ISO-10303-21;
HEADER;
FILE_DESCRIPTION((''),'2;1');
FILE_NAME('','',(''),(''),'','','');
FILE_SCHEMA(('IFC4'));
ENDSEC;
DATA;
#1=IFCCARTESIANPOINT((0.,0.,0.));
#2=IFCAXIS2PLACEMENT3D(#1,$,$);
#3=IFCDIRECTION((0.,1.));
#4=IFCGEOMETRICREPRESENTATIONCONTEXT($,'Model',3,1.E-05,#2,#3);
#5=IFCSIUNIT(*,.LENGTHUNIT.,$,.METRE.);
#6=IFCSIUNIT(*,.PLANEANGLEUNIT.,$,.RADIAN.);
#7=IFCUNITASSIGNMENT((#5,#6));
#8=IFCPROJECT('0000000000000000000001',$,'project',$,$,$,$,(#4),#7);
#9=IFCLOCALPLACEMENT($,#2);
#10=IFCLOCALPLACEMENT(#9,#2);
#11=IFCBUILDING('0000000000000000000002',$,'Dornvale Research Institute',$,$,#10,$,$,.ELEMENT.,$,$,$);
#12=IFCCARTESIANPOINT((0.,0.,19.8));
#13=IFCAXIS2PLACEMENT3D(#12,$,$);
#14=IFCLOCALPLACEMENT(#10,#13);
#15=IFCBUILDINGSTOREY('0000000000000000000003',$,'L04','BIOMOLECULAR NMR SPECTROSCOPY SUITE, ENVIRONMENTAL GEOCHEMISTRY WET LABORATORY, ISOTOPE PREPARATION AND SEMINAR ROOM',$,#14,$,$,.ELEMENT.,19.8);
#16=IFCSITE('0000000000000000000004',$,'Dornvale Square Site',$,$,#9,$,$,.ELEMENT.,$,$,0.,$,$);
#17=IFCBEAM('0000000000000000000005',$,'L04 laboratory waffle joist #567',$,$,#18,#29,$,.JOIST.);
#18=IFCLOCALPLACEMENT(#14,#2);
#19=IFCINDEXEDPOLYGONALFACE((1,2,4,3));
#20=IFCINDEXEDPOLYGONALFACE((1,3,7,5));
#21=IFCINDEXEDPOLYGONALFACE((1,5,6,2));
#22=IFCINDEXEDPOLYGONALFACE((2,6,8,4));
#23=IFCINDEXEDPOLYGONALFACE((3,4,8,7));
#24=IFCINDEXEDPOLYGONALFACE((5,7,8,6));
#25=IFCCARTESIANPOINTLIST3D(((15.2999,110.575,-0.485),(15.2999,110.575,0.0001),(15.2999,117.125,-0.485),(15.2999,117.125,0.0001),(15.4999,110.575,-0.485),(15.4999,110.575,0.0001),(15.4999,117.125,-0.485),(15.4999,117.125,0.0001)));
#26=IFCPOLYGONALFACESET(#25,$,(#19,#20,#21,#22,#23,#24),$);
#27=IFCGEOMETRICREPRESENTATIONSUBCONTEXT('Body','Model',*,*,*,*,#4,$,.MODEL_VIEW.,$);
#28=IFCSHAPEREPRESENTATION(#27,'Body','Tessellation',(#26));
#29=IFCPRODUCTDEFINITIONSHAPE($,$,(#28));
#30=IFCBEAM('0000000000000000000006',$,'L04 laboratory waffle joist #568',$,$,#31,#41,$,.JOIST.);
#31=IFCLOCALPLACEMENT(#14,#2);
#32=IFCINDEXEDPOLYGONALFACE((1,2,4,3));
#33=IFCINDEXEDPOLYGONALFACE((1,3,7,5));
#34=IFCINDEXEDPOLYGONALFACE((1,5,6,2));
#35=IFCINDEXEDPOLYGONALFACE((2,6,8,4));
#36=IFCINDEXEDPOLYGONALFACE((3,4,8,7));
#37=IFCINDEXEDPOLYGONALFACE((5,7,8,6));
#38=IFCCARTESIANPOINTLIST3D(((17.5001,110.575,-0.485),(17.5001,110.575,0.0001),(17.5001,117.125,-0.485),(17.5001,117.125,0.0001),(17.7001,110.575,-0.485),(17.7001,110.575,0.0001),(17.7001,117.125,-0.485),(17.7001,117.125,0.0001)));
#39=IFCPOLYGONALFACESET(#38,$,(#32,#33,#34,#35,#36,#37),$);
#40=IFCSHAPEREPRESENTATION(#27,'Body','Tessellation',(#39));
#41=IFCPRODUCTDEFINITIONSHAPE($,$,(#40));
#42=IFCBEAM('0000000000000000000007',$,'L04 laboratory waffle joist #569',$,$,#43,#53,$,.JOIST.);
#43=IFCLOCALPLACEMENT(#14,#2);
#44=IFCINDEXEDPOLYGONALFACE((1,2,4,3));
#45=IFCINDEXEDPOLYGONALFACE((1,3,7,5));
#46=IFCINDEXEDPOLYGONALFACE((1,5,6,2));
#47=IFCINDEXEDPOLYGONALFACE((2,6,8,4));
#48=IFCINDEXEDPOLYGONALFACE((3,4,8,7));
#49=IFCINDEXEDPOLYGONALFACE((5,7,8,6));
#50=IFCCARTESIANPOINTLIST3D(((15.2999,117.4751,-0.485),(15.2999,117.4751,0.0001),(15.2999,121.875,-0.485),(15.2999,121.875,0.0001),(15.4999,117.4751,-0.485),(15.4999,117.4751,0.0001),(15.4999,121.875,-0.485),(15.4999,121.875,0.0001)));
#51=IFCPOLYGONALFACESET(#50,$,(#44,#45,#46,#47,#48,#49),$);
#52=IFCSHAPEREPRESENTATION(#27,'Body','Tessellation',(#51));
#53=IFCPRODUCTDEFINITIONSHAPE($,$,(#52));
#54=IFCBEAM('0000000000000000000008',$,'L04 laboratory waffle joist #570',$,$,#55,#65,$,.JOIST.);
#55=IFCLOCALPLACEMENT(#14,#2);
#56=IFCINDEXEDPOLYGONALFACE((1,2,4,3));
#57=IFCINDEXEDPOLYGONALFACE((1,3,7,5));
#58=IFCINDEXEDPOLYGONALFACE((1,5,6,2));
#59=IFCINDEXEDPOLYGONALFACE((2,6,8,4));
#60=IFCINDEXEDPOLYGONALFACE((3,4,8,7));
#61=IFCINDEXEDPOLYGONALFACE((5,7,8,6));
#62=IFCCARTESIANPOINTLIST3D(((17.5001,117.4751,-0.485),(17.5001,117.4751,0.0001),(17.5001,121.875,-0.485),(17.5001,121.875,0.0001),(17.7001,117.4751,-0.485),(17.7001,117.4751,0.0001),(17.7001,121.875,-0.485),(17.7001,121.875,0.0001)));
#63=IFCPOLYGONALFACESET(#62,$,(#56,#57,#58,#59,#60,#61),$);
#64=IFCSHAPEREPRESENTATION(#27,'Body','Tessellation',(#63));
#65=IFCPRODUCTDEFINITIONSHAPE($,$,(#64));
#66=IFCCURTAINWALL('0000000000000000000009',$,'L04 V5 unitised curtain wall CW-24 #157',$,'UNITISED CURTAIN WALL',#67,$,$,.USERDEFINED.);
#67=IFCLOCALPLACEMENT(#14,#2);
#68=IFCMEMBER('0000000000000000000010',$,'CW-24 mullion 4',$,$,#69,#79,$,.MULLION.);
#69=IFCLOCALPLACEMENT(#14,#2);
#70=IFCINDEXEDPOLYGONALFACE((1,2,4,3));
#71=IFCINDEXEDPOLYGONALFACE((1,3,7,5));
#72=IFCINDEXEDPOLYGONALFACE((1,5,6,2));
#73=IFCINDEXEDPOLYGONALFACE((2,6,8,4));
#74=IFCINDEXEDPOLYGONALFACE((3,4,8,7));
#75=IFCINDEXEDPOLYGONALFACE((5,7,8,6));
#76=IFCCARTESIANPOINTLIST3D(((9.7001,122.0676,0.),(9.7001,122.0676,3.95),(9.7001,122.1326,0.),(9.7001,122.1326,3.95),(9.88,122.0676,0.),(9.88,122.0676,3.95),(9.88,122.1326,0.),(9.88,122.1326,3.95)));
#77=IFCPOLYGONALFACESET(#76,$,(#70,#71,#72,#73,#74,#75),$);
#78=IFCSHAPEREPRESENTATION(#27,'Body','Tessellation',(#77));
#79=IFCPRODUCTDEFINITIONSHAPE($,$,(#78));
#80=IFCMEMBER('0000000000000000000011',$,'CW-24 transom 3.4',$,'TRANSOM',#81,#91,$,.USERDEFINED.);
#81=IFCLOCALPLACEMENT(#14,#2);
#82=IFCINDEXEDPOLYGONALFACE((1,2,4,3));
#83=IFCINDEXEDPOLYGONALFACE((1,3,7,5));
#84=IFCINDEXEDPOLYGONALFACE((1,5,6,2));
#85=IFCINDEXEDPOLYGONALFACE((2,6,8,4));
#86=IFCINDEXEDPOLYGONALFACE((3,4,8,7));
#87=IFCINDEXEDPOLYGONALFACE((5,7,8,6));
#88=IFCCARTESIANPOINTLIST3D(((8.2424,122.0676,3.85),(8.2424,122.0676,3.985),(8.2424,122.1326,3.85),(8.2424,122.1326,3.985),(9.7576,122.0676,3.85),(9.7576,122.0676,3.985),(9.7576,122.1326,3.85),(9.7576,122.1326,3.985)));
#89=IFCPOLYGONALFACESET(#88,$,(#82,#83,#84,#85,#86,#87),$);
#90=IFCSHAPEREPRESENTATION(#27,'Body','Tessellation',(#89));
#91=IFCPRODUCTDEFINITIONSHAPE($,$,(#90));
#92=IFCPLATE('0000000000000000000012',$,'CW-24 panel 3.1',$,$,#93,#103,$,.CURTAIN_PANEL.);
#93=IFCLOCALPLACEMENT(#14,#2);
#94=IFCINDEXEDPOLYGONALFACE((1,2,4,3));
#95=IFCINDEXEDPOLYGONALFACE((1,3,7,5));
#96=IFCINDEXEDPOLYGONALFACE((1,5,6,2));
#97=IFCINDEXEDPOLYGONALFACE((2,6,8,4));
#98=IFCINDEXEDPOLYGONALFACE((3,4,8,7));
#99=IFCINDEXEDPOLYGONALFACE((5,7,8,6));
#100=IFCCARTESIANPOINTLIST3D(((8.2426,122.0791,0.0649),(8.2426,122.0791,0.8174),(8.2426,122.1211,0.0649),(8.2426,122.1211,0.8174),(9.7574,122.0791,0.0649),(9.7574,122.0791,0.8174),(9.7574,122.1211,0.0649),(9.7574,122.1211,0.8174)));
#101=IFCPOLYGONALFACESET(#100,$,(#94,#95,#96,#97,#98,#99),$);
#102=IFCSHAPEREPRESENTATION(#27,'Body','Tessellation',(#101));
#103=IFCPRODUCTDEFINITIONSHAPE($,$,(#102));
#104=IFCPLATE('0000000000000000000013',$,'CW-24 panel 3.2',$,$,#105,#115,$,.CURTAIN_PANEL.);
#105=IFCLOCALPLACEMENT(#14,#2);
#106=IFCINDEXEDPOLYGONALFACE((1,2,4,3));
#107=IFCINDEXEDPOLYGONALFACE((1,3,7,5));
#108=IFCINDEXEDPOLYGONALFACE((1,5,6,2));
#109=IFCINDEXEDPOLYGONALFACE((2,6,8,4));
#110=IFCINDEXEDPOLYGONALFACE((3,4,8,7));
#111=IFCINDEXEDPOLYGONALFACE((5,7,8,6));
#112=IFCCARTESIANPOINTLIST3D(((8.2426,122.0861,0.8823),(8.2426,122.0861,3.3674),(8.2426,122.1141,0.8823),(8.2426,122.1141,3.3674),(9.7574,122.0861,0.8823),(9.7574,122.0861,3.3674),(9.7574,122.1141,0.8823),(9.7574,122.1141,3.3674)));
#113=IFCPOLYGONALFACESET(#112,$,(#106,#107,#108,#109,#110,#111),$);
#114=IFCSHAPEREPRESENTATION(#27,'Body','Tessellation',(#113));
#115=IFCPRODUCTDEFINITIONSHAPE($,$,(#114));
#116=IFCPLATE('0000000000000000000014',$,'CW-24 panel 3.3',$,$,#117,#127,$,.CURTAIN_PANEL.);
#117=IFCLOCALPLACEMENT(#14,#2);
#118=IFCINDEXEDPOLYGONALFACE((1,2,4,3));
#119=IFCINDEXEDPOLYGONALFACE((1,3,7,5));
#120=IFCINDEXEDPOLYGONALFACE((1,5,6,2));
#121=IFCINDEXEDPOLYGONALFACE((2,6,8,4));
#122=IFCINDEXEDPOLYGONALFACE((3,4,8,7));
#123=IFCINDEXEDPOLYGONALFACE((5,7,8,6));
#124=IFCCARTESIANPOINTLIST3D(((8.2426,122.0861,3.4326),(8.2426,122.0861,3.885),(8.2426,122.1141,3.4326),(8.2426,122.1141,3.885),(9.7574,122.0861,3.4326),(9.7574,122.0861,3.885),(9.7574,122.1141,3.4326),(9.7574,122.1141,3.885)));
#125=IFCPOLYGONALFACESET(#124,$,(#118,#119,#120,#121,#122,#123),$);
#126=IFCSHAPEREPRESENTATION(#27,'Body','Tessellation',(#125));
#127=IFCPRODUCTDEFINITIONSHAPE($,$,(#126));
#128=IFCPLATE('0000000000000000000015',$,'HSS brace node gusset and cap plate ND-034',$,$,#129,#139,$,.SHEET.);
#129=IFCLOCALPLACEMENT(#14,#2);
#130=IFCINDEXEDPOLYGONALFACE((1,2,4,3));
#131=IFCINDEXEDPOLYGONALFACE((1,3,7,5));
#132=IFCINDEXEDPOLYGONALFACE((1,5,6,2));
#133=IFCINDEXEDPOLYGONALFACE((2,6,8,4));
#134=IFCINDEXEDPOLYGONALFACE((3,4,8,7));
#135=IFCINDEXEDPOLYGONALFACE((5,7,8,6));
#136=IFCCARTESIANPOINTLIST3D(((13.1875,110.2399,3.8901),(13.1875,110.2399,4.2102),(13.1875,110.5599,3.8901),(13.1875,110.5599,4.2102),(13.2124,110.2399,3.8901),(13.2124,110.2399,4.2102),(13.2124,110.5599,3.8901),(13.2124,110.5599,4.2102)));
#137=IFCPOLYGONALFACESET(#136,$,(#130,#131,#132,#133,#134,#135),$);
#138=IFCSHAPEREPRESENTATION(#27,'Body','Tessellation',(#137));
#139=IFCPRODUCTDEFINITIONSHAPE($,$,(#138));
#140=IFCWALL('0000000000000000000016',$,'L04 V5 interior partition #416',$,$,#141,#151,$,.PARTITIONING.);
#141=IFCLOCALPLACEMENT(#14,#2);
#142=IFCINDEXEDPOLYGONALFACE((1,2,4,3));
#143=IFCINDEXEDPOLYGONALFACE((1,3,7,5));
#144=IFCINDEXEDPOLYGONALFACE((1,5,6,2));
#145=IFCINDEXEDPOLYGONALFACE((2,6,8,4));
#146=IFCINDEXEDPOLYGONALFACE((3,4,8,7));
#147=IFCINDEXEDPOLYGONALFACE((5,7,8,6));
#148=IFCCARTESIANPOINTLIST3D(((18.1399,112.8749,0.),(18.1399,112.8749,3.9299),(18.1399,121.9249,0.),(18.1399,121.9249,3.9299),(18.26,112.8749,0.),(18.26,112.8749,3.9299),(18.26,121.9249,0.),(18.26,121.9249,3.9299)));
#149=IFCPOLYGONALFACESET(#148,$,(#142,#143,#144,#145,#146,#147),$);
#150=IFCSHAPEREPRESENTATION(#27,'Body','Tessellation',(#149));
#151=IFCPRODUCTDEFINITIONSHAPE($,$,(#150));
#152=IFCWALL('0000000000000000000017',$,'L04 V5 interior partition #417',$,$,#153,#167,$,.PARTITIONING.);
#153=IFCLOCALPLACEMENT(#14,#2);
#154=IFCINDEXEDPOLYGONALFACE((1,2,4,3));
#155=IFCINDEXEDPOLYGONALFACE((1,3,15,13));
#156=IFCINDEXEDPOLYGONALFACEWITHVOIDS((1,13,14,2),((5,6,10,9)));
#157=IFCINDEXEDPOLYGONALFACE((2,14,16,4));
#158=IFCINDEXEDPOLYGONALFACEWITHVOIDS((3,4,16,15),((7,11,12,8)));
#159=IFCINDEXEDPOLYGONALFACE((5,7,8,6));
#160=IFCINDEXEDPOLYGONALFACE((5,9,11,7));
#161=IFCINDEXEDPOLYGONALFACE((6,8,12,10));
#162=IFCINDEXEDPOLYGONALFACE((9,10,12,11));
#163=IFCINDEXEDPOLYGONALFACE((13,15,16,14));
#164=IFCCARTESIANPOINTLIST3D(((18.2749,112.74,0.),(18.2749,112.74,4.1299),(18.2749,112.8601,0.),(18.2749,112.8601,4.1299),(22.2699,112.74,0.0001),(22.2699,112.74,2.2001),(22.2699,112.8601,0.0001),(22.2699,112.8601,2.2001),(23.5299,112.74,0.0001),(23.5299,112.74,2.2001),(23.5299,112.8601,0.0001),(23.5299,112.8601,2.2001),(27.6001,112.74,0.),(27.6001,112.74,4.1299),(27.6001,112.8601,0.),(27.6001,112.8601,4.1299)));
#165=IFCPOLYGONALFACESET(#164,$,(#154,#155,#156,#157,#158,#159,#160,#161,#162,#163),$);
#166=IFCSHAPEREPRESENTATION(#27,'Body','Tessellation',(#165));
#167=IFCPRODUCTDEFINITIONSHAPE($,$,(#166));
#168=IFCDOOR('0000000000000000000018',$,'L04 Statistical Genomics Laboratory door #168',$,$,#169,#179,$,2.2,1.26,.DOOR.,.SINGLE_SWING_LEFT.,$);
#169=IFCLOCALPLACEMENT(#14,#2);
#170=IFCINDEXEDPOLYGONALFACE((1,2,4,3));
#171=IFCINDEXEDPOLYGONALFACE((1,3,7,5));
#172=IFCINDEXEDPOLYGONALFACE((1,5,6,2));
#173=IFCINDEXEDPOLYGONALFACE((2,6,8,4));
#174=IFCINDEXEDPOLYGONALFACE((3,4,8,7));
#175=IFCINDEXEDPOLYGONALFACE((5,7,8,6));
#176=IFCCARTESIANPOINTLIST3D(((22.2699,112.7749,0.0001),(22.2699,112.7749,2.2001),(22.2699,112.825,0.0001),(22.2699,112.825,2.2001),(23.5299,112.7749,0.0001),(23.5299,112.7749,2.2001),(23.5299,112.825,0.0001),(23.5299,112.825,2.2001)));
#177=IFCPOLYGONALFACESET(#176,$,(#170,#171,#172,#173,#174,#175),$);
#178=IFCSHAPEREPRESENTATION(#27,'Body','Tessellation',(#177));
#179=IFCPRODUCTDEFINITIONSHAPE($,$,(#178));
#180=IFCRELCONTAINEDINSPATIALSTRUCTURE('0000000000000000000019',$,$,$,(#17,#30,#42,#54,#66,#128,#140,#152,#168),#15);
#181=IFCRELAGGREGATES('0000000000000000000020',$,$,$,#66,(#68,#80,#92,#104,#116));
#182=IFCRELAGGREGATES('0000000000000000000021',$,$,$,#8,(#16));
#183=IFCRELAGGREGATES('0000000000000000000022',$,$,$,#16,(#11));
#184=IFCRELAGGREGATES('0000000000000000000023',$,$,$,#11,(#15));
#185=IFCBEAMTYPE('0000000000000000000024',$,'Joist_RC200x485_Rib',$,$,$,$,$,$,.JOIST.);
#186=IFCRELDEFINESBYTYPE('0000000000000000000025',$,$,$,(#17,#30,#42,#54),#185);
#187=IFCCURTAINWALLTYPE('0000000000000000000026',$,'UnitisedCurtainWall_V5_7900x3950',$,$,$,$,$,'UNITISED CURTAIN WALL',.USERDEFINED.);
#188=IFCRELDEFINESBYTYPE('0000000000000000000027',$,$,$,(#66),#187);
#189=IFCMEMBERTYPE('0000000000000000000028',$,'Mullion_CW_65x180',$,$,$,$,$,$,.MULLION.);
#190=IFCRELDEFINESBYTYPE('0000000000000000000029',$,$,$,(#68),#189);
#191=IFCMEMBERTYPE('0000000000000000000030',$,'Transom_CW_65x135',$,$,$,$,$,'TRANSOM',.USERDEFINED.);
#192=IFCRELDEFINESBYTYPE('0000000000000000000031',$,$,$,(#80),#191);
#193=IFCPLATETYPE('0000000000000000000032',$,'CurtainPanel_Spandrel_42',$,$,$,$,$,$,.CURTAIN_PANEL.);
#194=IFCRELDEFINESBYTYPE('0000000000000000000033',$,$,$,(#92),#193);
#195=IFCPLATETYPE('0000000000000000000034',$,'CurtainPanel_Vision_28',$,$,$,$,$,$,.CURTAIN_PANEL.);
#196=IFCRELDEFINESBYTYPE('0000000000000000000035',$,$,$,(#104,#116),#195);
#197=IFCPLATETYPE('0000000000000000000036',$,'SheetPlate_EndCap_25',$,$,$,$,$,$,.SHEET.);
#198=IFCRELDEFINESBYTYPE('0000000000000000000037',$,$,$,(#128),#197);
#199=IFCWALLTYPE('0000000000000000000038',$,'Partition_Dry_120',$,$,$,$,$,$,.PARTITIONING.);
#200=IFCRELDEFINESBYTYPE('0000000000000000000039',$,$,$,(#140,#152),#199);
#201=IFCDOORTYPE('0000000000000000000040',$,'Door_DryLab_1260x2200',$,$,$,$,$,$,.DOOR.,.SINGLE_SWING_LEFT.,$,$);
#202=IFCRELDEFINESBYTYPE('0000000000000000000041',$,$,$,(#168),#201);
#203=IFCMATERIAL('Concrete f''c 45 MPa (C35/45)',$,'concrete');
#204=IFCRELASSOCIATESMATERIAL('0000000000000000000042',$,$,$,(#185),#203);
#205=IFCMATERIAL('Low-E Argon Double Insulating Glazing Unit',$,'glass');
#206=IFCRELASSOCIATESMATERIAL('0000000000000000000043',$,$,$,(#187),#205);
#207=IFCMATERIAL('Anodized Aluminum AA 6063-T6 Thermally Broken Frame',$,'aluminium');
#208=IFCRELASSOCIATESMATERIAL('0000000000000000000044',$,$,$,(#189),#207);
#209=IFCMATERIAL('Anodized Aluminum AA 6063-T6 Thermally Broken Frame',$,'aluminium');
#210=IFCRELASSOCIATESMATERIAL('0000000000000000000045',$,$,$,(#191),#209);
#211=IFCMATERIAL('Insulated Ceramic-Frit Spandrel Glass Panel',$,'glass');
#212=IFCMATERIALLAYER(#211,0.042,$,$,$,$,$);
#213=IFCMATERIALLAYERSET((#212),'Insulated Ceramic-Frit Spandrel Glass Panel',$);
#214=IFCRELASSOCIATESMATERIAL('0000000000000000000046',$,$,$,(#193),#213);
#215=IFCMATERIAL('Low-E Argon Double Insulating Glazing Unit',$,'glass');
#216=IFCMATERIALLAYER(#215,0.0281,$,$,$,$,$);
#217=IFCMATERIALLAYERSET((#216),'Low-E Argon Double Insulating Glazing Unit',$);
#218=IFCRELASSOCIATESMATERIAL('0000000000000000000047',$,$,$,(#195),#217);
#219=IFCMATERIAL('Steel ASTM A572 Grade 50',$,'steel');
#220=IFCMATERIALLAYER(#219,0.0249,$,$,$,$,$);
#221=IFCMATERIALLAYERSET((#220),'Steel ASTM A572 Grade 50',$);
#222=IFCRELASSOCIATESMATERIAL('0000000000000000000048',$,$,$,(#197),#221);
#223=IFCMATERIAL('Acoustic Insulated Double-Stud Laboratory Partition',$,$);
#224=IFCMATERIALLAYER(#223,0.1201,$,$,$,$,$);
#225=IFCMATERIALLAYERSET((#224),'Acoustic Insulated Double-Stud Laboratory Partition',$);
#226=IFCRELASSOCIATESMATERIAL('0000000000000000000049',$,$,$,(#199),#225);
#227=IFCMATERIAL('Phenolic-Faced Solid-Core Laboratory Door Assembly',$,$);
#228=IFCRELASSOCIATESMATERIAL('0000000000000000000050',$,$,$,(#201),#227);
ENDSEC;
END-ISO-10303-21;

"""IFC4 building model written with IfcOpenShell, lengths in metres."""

from ifc_helpers import new_model, si_unit, direction, frame, frame_2d, origin, origin_2d, place, context, subcontext, project, spatial, rectangle, extrude, material, layer, layer_set, material_profile, profile_set, type_object, element, fill, aggregate, save


model = new_model("IFC4")

# Units and contexts
model_context = context("Model", 3, precision=1e-05, world=origin(), true_north=direction((0.0, 1.0)))
body_context = subcontext(model_context, "Body", "Model", "MODEL_VIEW")
ifc_project = project(units=[si_unit("LENGTHUNIT", "METRE"), si_unit("PLANEANGLEUNIT", "RADIAN")], contexts=[model_context])

# Site, building, storey
site_placement = place(None, origin())
site = spatial("IfcSite", under=ifc_project, at=site_placement, Name="Dornvale Square Site", CompositionType="ELEMENT", RefElevation=0.0)
building_placement = place(site_placement, origin())
building = spatial("IfcBuilding", under=site, at=building_placement, Name="Dornvale Research Institute", CompositionType="ELEMENT")
storey_placement = place(building_placement, frame((0.0, 0.0, 19.8)))
storey = spatial("IfcBuildingStorey", under=building, at=storey_placement, Name="L04", Description="BIOMOLECULAR NMR SPECTROSCOPY SUITE, ENVIRONMENTAL GEOCHEMISTRY WET LABORATORY, ISOTOPE PREPARATION AND SEMINAR ROOM", CompositionType="ELEMENT", Elevation=19.8)

# Beams
ifc_material_1 = material(Name="Concrete f'c 45 MPa (C35/45)", Category="concrete")
ifc_material_profile_1 = material_profile(ifc_material_1, rectangle(XDim=0.2, YDim=0.4851, at=origin_2d()), Name="RC 200x485")
ifc_profile_set_1 = profile_set([ifc_material_profile_1], Name="Concrete f'c 45 MPa (C35/45)")
beam_type_1 = type_object("IfcBeamType", Name="Joist_RC200x485_Rib", PredefinedType="JOIST", material=ifc_profile_set_1)
for number, where, z_axis, x_axis, name in (
    (1, (15.3999, 110.575, -0.2424), (0.0, 1.0, 0.0), (-1.0, 0.0, 0.0), "L04 laboratory waffle joist #567"),
    (2, (17.6001, 110.575, -0.2424), (0.0, 1.0, 0.0), (-1.0, 0.0, 0.0), "L04 laboratory waffle joist #568"),
):
    element("IfcBeam", number, at=place(storey_placement, frame(where, z_axis=z_axis, x_axis=x_axis)), inside=storey, type_object=beam_type_1, Name=name, PredefinedType="JOIST", context=body_context, shape_type="SweptSolid", body=[
        extrude(rectangle(XDim=0.2, YDim=0.4851, at=origin_2d()), origin(), (0.0, 0.0, 1.0), 6.55),
    ])
for number, where, z_axis, x_axis, name in (
    (3, (15.3999, 117.4751, -0.2424), (0.0, 1.0, 0.0), (-1.0, 0.0, 0.0), "L04 laboratory waffle joist #569"),
    (4, (17.6001, 117.4751, -0.2424), (0.0, 1.0, 0.0), (-1.0, 0.0, 0.0), "L04 laboratory waffle joist #570"),
):
    element("IfcBeam", number, at=place(storey_placement, frame(where, z_axis=z_axis, x_axis=x_axis)), inside=storey, type_object=beam_type_1, Name=name, PredefinedType="JOIST", context=body_context, shape_type="SweptSolid", body=[
        extrude(rectangle(XDim=0.2, YDim=0.4851, at=origin_2d()), origin(), (0.0, 0.0, 1.0), 4.3999),
    ])

# Curtain wall, members, plates
ifc_material_2 = material(Name="Low-E Argon Double Insulating Glazing Unit", Category="glass")
curtain_wall_type = type_object("IfcCurtainWallType", Name="UnitisedCurtainWall_V5_7900x3950", ElementType="UNITISED CURTAIN WALL", PredefinedType="USERDEFINED", material=ifc_material_2)
curtain_wall_placement = place(storey_placement, origin())
curtain_wall = element("IfcCurtainWall", 5, at=curtain_wall_placement, inside=storey, type_object=curtain_wall_type, Name="L04 V5 unitised curtain wall CW-24 #157", ObjectType="UNITISED CURTAIN WALL", PredefinedType="USERDEFINED")
ifc_material_3 = material(Name="Anodized Aluminum AA 6063-T6 Thermally Broken Frame", Category="aluminium")
ifc_material_profile_2 = material_profile(ifc_material_3, rectangle(XDim=0.0649, YDim=0.1799, at=origin_2d()), Name="ALU MULLION 65x180")
ifc_profile_set_2 = profile_set([ifc_material_profile_2], Name="Anodized Aluminum AA 6063-T6 Thermally Broken Frame")
member_type_1 = type_object("IfcMemberType", Name="Mullion_CW_65x180", PredefinedType="MULLION", material=ifc_profile_set_2)
member_1_placement = place(storey_placement, frame((9.79, 122.1001, 0.0), z_axis=(0.0, 0.0, 1.0), x_axis=(0.0, 1.0, 0.0)))
member_1 = element("IfcMember", 6, at=member_1_placement, type_object=member_type_1, Name="CW-24 mullion 4", PredefinedType="MULLION", context=body_context, shape_type="SweptSolid", body=[
    extrude(rectangle(XDim=0.0649, YDim=0.1799, at=origin_2d()), origin(), (0.0, 0.0, 1.0), 3.95),
])
ifc_material_4 = material(Name="Anodized Aluminum AA 6063-T6 Thermally Broken Frame", Category="aluminium")
ifc_material_profile_3 = material_profile(ifc_material_4, rectangle(XDim=0.0649, YDim=0.135, at=origin_2d()), Name="ALU TRANSOM 65x135")
ifc_profile_set_3 = profile_set([ifc_material_profile_3], Name="Anodized Aluminum AA 6063-T6 Thermally Broken Frame")
member_type_2 = type_object("IfcMemberType", Name="Transom_CW_65x135", ElementType="TRANSOM", PredefinedType="USERDEFINED", material=ifc_profile_set_3)
member_2_placement = place(storey_placement, frame((8.2424, 122.1001, 3.9175), z_axis=(1.0, 0.0, 0.0), x_axis=(0.0, 1.0, 0.0)))
member_2 = element("IfcMember", 7, at=member_2_placement, type_object=member_type_2, Name="CW-24 transom 3.4", ObjectType="TRANSOM", PredefinedType="USERDEFINED", context=body_context, shape_type="SweptSolid", body=[
    extrude(rectangle(XDim=0.0649, YDim=0.135, at=origin_2d()), origin(), (0.0, 0.0, 1.0), 1.5151),
])
ifc_material_5 = material(Name="Insulated Ceramic-Frit Spandrel Glass Panel", Category="glass")
ifc_layer_1 = layer(ifc_material_5, 0.042)
ifc_layer_set_1 = layer_set([ifc_layer_1], Name="Insulated Ceramic-Frit Spandrel Glass Panel")
plate_type_1 = type_object("IfcPlateType", Name="CurtainPanel_Spandrel_42", PredefinedType="CURTAIN_PANEL", material=ifc_layer_set_1)
plate_1_placement = place(storey_placement, frame((9.0, 122.1001, 0.0649), z_axis=(0.0, 0.0, 1.0), x_axis=(1.0, 0.0, 0.0)))
plate_1 = element("IfcPlate", 8, at=plate_1_placement, type_object=plate_type_1, Name="CW-24 panel 3.1", PredefinedType="CURTAIN_PANEL", context=body_context, shape_type="SweptSolid", body=[
    extrude(rectangle(XDim=1.5149, YDim=0.042, at=origin_2d()), origin(), (0.0, 0.0, 1.0), 0.7524),
])
ifc_material_6 = material(Name="Low-E Argon Double Insulating Glazing Unit", Category="glass")
ifc_layer_2 = layer(ifc_material_6, 0.0281)
ifc_layer_set_2 = layer_set([ifc_layer_2], Name="Low-E Argon Double Insulating Glazing Unit")
plate_type_2 = type_object("IfcPlateType", Name="CurtainPanel_Vision_28", PredefinedType="CURTAIN_PANEL", material=ifc_layer_set_2)
plate_2_placement = place(storey_placement, frame((9.0, 122.1001, 0.8823), z_axis=(0.0, 0.0, 1.0), x_axis=(1.0, 0.0, 0.0)))
plate_2 = element("IfcPlate", 9, at=plate_2_placement, type_object=plate_type_2, Name="CW-24 panel 3.2", PredefinedType="CURTAIN_PANEL", context=body_context, shape_type="SweptSolid", body=[
    extrude(rectangle(XDim=1.5149, YDim=0.0281, at=origin_2d()), origin(), (0.0, 0.0, 1.0), 2.4851),
])
plate_3_placement = place(storey_placement, frame((9.0, 122.1001, 3.4326), z_axis=(0.0, 0.0, 1.0), x_axis=(1.0, 0.0, 0.0)))
plate_3 = element("IfcPlate", 10, at=plate_3_placement, type_object=plate_type_2, Name="CW-24 panel 3.3", PredefinedType="CURTAIN_PANEL", context=body_context, shape_type="SweptSolid", body=[
    extrude(rectangle(XDim=1.5149, YDim=0.0281, at=origin_2d()), origin(), (0.0, 0.0, 1.0), 0.4524),
])
aggregate(curtain_wall, [member_1, member_2, plate_1, plate_2, plate_3])

# Plate
ifc_material_7 = material(Name="Steel ASTM A572 Grade 50", Category="steel")
ifc_layer_3 = layer(ifc_material_7, 0.0249)
ifc_layer_set_3 = layer_set([ifc_layer_3], Name="Steel ASTM A572 Grade 50")
plate_type_3 = type_object("IfcPlateType", Name="SheetPlate_EndCap_25", PredefinedType="SHEET", material=ifc_layer_set_3)
plate_4_placement = place(storey_placement, frame((13.2, 110.3999, 3.8901), z_axis=(0.0, 0.0, 1.0), x_axis=(0.0, 1.0, 0.0)))
element("IfcPlate", 11, at=plate_4_placement, inside=storey, type_object=plate_type_3, Name="HSS brace node gusset and cap plate ND-034", PredefinedType="SHEET", context=body_context, shape_type="SweptSolid", body=[
    extrude(rectangle(XDim=0.3201, YDim=0.0249, at=origin_2d()), origin(), (0.0, 0.0, 1.0), 0.3201),
])

# Wall
ifc_material_8 = material(Name="Acoustic Insulated Double-Stud Laboratory Partition")
ifc_layer_4 = layer(ifc_material_8, 0.1201)
ifc_layer_set_4 = layer_set([ifc_layer_4], Name="Acoustic Insulated Double-Stud Laboratory Partition")
wall_type_1 = type_object("IfcWallType", Name="Partition_Dry_120", PredefinedType="PARTITIONING", material=ifc_layer_set_4)
wall_1_placement = place(storey_placement, frame((18.2, 112.875, 0.0), z_axis=(0.0, 0.0, 1.0), x_axis=(0.0, 1.0, 0.0)))
element("IfcWall", 12, at=wall_1_placement, inside=storey, type_object=wall_type_1, Name="L04 V5 interior partition #416", PredefinedType="PARTITIONING", context=body_context, shape_type="SweptSolid", body=[
    extrude(rectangle(XDim=9.05, YDim=0.1201, at=frame_2d((4.5249, 0.0))), origin(), (0.0, 0.0, 1.0), 3.9299),
])

# Wall, opening, door
wall_2_placement = place(storey_placement, frame((18.2749, 112.8, 0.0), z_axis=(0.0, 0.0, 1.0), x_axis=(1.0, 0.0, 0.0)))
wall_2 = element("IfcWall", 13, at=wall_2_placement, inside=storey, type_object=wall_type_1, Name="L04 V5 interior partition #417", PredefinedType="PARTITIONING", context=body_context, shape_type="SweptSolid", body=[
    extrude(rectangle(XDim=9.3252, YDim=0.1201, at=frame_2d((4.6626, 0.0))), origin(), (0.0, 0.0, 1.0), 4.1299),
])
opening_1_placement = place(wall_2_placement, frame((3.9951, 0.0, 0.0)))
opening_1 = element("IfcOpeningElement", 14, at=opening_1_placement, cuts=wall_2, PredefinedType="OPENING", context=body_context, shape_type="SweptSolid", body=[
    extrude(rectangle(XDim=1.26, YDim=2.2, at=frame_2d((0.6299, 1.1001))), frame((0.0, 0.075, 0.0), z_axis=(0.0, -1.0, 0.0), x_axis=(1.0, 0.0, 0.0)), (0.0, 0.0, 1.0), 0.1501),
])
ifc_material_9 = material(Name="Phenolic-Faced Solid-Core Laboratory Door Assembly")
door_type_1 = type_object("IfcDoorType", Name="Door_DryLab_1260x2200", OperationType="SINGLE_SWING_LEFT", PredefinedType="DOOR", material=ifc_material_9)
door_1_placement = place(opening_1_placement, origin())
door_1 = element("IfcDoor", 15, at=door_1_placement, inside=storey, type_object=door_type_1, Name="L04 Statistical Genomics Laboratory door #168", OperationType="SINGLE_SWING_LEFT", OverallHeight=2.2, OverallWidth=1.26, PredefinedType="DOOR", context=body_context, shape_type="SweptSolid", body=[
    extrude(rectangle(XDim=1.26, YDim=2.2, at=frame_2d((0.6299, 1.1001))), frame((0.0, 0.0249, 0.0), z_axis=(0.0, -1.0, 0.0), x_axis=(1.0, 0.0, 0.0)), (0.0, 0.0, 1.0), 0.05),
])
fill(opening_1, door_1)

save(model, "model.ifc")
